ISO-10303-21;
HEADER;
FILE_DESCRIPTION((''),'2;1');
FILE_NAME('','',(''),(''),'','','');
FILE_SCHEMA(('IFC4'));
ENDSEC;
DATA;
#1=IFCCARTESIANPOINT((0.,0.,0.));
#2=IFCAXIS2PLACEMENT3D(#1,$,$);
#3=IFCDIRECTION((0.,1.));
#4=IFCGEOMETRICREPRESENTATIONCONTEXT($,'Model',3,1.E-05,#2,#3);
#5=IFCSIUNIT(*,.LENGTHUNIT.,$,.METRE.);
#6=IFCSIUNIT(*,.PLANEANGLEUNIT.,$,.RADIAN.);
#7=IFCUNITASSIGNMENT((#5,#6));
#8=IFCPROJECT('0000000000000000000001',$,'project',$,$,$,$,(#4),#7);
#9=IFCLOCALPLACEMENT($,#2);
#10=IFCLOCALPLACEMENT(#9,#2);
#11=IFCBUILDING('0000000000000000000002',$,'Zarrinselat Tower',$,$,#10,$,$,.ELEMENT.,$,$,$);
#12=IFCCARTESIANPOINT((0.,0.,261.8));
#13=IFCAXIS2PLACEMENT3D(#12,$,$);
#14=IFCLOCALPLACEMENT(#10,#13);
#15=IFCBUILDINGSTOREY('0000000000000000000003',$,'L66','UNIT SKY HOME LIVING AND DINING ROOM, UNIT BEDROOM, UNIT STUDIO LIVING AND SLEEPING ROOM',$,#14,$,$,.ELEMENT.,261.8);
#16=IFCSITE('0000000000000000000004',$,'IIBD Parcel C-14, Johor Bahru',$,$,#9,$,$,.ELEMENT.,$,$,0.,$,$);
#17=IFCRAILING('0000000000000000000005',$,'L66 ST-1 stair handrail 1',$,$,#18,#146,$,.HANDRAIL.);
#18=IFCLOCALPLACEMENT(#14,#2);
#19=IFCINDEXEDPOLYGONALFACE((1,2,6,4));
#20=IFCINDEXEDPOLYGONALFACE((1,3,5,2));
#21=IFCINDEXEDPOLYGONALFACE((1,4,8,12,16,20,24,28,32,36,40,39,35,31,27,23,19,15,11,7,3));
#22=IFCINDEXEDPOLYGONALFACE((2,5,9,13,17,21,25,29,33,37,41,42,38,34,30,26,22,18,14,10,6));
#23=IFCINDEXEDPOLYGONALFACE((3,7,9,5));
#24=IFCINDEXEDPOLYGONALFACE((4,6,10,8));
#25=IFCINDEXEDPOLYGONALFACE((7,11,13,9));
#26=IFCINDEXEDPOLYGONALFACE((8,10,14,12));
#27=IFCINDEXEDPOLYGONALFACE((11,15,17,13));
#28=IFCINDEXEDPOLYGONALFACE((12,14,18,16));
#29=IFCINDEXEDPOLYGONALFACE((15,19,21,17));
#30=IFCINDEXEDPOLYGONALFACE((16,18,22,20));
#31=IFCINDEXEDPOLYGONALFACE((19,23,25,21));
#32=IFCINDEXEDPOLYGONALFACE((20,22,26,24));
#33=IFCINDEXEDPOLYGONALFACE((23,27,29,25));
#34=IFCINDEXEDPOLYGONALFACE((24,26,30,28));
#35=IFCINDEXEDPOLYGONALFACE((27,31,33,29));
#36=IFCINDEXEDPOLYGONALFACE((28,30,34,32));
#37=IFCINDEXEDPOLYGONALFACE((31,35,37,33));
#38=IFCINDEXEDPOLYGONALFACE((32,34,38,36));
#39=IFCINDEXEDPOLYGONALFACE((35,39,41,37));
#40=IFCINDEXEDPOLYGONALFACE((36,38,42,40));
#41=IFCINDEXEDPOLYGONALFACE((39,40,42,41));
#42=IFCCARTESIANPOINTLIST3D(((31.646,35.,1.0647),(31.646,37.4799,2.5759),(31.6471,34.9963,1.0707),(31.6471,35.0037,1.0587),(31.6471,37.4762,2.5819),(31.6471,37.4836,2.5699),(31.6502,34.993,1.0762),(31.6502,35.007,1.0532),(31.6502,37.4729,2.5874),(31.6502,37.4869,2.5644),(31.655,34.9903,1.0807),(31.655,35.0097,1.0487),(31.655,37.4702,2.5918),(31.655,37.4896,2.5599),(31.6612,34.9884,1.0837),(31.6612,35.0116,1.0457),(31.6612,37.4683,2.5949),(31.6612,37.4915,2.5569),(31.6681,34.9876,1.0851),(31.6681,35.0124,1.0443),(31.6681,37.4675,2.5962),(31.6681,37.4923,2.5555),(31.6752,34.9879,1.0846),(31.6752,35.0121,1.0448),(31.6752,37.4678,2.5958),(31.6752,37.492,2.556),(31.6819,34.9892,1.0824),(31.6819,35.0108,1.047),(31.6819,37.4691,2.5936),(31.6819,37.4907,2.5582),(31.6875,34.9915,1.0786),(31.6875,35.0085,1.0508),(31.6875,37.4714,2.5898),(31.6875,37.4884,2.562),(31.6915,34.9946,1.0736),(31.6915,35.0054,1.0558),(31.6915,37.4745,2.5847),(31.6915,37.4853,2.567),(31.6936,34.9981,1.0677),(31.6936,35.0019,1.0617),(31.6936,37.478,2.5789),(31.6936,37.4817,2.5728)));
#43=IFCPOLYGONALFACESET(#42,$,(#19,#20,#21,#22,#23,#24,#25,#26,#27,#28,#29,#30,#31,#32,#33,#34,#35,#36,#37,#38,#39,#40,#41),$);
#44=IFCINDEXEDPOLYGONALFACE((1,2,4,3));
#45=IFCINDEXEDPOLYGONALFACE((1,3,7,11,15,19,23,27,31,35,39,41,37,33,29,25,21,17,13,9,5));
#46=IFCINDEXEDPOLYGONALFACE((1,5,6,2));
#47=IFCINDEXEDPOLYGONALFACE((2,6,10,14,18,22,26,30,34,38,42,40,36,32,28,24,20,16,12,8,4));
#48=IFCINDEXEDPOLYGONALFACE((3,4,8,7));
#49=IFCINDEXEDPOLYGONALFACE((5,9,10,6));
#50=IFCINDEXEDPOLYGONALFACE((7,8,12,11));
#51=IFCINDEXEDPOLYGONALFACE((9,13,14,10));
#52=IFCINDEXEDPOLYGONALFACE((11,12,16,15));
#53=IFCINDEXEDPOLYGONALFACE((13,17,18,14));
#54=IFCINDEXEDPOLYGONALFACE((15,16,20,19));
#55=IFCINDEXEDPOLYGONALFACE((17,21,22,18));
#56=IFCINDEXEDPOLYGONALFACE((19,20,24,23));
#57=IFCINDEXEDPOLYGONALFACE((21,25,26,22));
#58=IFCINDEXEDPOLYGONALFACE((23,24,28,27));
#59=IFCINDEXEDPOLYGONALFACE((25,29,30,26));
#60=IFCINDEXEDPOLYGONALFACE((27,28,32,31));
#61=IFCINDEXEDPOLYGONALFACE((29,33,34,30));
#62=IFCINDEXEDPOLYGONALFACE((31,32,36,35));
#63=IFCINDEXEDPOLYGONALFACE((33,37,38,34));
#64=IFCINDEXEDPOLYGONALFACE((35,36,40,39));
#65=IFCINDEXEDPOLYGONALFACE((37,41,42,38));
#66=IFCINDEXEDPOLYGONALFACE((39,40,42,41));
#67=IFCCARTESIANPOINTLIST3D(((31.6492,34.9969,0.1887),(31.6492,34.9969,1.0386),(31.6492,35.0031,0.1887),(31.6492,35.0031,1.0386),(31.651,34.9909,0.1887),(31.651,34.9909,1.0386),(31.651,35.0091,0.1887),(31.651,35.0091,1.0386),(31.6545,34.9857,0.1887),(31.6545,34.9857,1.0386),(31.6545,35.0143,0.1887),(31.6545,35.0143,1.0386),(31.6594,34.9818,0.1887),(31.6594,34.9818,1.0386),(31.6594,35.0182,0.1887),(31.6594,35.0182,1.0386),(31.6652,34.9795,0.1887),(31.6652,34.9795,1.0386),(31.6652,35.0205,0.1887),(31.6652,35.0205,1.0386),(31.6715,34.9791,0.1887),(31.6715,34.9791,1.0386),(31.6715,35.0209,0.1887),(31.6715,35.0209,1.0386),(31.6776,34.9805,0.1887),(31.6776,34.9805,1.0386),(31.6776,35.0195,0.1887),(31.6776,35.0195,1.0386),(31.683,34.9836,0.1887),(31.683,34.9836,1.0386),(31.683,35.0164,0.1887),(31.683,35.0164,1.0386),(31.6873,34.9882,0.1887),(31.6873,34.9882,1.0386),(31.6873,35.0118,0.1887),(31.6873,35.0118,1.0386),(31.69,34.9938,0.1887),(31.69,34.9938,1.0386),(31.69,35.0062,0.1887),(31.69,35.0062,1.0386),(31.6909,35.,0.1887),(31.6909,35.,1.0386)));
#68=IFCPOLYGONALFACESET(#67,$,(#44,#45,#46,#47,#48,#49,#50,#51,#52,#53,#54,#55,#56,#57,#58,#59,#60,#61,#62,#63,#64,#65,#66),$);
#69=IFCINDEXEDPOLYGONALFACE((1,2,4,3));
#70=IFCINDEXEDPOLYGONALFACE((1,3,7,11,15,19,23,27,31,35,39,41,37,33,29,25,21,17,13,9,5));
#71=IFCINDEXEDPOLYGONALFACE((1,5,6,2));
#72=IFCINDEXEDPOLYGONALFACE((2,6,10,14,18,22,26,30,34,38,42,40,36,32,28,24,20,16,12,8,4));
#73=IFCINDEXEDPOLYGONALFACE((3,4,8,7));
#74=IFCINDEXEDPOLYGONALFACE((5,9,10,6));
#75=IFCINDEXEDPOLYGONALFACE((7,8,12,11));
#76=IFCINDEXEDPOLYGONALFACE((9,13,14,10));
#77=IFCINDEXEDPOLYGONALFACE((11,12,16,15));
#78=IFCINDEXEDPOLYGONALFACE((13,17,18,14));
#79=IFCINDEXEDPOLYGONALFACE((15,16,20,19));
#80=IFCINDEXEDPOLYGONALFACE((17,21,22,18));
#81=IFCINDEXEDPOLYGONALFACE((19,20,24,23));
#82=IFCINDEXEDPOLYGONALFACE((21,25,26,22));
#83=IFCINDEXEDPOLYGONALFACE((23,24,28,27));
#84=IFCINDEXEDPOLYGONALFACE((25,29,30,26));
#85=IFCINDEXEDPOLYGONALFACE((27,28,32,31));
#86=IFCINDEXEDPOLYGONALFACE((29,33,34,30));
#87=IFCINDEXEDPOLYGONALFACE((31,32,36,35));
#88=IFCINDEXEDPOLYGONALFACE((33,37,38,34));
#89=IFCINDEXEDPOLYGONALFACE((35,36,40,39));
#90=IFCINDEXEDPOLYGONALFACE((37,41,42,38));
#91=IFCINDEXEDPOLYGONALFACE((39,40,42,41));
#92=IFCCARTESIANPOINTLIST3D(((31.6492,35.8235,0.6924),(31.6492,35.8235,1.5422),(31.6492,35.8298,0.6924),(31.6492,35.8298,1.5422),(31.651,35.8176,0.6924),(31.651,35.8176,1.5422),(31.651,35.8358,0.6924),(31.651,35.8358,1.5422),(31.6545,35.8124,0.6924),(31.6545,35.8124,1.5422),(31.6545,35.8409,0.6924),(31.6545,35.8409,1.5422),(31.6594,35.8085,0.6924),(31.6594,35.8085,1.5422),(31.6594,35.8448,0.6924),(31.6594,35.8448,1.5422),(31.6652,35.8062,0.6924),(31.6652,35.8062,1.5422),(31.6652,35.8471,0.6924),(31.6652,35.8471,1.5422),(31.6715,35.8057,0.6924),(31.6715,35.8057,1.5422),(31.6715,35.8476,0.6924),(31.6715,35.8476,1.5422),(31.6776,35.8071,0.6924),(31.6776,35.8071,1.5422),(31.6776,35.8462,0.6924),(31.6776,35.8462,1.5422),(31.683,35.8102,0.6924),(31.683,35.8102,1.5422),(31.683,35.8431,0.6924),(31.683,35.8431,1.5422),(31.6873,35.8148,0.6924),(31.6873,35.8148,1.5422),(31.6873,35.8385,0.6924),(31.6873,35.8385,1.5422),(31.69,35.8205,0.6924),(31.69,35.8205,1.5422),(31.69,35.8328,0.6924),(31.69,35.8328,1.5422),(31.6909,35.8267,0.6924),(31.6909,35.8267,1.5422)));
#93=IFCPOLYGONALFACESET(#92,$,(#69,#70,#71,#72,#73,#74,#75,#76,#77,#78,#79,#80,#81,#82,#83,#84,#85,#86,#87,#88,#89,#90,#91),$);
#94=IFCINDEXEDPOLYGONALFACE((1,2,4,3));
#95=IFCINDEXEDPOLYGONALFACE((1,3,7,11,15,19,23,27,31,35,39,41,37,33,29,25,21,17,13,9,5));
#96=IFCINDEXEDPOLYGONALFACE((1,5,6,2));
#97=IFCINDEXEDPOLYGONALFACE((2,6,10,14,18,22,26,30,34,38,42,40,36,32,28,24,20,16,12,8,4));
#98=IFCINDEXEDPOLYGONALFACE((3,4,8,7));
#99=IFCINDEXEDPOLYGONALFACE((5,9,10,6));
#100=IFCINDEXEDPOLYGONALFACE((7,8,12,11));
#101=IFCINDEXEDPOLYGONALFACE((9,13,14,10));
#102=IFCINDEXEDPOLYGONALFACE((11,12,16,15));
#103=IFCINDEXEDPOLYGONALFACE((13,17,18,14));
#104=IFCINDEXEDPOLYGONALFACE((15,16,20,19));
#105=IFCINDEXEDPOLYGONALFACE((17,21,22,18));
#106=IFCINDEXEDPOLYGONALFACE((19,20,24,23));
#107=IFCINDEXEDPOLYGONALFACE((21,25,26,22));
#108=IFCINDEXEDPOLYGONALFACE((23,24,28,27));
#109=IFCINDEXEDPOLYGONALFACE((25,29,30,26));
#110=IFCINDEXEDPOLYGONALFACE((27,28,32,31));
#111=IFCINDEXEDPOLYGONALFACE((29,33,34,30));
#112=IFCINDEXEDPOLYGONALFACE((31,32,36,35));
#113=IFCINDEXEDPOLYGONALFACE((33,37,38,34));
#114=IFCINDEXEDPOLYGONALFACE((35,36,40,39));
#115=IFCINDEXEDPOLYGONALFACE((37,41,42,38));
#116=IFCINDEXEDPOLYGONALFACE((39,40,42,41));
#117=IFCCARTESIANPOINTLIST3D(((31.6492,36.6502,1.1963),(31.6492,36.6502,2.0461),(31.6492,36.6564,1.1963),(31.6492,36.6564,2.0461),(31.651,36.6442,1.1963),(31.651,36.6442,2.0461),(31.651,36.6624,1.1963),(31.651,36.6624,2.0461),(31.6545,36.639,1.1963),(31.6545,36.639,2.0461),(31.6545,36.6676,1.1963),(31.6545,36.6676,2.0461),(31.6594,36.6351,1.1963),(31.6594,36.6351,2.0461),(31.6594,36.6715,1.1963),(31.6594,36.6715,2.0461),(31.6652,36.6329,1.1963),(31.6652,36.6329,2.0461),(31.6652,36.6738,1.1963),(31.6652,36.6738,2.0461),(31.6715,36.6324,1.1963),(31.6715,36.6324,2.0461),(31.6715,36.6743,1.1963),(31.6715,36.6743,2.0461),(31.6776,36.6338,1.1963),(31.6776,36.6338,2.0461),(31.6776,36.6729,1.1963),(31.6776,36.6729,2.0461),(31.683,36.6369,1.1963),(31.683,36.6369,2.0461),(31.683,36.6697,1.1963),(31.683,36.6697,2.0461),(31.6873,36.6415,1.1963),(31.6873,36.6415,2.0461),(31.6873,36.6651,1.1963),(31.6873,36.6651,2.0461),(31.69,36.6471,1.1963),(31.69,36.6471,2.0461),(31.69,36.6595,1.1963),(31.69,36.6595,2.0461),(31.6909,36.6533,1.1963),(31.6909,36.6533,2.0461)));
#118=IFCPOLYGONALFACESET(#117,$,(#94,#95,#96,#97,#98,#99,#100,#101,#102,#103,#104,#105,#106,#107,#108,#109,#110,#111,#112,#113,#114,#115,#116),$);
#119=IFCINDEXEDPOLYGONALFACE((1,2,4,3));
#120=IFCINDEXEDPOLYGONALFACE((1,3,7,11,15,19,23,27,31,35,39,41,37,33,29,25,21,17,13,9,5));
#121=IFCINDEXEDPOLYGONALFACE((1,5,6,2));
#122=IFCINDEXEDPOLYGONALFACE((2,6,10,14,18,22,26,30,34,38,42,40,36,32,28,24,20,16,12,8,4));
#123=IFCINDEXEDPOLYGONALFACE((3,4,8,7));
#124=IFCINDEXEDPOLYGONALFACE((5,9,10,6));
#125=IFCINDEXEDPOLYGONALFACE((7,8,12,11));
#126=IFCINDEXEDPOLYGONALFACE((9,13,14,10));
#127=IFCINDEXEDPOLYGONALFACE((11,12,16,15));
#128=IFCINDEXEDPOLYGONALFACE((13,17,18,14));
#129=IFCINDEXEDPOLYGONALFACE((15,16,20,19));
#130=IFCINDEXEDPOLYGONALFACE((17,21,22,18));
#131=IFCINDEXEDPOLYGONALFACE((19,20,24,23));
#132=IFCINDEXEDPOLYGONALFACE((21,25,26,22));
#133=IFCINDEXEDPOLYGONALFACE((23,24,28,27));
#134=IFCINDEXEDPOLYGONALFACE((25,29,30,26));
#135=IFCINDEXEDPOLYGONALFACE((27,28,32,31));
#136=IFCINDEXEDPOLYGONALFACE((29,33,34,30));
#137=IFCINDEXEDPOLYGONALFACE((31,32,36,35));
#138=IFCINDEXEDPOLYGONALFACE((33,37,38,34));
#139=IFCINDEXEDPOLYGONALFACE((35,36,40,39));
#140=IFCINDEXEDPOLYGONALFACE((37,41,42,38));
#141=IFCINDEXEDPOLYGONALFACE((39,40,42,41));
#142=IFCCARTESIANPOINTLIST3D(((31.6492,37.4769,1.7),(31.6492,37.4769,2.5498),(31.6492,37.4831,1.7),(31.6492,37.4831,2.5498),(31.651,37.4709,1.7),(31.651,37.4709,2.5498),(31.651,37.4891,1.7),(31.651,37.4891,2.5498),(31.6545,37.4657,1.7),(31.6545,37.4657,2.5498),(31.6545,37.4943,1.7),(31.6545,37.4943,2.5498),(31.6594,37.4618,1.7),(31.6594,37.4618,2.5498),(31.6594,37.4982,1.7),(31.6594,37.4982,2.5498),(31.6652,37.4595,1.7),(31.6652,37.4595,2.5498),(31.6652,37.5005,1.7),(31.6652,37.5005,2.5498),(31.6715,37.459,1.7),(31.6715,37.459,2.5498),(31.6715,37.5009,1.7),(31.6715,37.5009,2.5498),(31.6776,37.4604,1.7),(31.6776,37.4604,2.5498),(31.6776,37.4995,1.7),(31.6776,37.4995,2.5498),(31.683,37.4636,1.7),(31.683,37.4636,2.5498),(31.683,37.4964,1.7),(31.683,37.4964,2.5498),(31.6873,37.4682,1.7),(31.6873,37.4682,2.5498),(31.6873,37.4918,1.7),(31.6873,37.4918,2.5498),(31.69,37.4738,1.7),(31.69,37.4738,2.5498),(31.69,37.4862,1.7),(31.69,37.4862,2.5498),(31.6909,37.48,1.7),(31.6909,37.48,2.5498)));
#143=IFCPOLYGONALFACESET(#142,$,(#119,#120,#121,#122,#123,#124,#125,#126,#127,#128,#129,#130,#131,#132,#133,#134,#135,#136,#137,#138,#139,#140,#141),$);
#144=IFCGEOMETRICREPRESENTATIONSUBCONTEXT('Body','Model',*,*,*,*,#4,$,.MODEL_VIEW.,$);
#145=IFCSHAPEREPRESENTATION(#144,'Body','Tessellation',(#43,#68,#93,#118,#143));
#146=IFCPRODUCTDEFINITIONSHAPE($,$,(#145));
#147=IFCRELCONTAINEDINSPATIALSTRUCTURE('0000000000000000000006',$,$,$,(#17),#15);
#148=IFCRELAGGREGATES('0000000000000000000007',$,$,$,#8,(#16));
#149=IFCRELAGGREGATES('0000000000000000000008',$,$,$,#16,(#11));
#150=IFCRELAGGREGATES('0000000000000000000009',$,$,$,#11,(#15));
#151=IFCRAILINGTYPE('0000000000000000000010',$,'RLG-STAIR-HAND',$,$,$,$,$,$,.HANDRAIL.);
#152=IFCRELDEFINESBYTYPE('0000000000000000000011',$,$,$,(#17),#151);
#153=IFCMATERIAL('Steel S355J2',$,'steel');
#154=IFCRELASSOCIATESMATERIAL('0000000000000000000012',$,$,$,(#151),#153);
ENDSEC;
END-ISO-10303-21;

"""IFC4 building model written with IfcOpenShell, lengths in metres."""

from ifc_helpers import new_model, si_unit, direction, frame, origin, origin_2d, place, context, subcontext, project, spatial, circle, extrude, material, type_object, element, save


model = new_model("IFC4")

# Units and contexts
model_context = context("Model", 3, precision=1e-05, world=origin(), true_north=direction((0.0, 1.0)))
body_context = subcontext(model_context, "Body", "Model", "MODEL_VIEW")
ifc_project = project(units=[si_unit("LENGTHUNIT", "METRE"), si_unit("PLANEANGLEUNIT", "RADIAN")], contexts=[model_context])

# Site, building, storey
site_placement = place(None, origin())
site = spatial("IfcSite", under=ifc_project, at=site_placement, Name="IIBD Parcel C-14, Johor Bahru", CompositionType="ELEMENT", RefElevation=0.0)
building_placement = place(site_placement, origin())
building = spatial("IfcBuilding", under=site, at=building_placement, Name="Zarrinselat Tower", CompositionType="ELEMENT")
storey_placement = place(building_placement, frame((0.0, 0.0, 261.8)))
storey = spatial("IfcBuildingStorey", under=building, at=storey_placement, Name="L66", Description="UNIT SKY HOME LIVING AND DINING ROOM, UNIT BEDROOM, UNIT STUDIO LIVING AND SLEEPING ROOM", CompositionType="ELEMENT", Elevation=261.8)

# Railing
ifc_material_1 = material(Name="Steel S355J2", Category="steel")
railing_type_1 = type_object("IfcRailingType", Name="RLG-STAIR-HAND", PredefinedType="HANDRAIL", material=ifc_material_1)
railing_1_placement = place(storey_placement, frame((31.6699, 35.0, 0.1887)))
element("IfcRailing", 1, at=railing_1_placement, inside=storey, type_object=railing_type_1, Name="L66 ST-1 stair handrail 1", PredefinedType="HANDRAIL", context=body_context, shape_type="SweptSolid", body=[
    extrude(circle(Radius=0.0239, at=origin_2d()), frame((0.0, 0.0, 0.876), z_axis=(0.0, 0.853942, 0.520368), x_axis=(-1.0, 0.0, 0.0)), (0.0, 0.0, 1.0), 2.9041),
    extrude(circle(Radius=0.021, at=origin_2d()), origin(), (0.0, 0.0, 1.0), 0.8499),
    extrude(circle(Radius=0.021, at=origin_2d()), frame((0.0, 0.8267, 0.5037)), (0.0, 0.0, 1.0), 0.8499),
    extrude(circle(Radius=0.021, at=origin_2d()), frame((0.0, 1.6533, 1.0076)), (0.0, 0.0, 1.0), 0.8499),
    extrude(circle(Radius=0.021, at=origin_2d()), frame((0.0, 2.48, 1.5112)), (0.0, 0.0, 1.0), 0.8499),
])

save(model, "model.ifc")
